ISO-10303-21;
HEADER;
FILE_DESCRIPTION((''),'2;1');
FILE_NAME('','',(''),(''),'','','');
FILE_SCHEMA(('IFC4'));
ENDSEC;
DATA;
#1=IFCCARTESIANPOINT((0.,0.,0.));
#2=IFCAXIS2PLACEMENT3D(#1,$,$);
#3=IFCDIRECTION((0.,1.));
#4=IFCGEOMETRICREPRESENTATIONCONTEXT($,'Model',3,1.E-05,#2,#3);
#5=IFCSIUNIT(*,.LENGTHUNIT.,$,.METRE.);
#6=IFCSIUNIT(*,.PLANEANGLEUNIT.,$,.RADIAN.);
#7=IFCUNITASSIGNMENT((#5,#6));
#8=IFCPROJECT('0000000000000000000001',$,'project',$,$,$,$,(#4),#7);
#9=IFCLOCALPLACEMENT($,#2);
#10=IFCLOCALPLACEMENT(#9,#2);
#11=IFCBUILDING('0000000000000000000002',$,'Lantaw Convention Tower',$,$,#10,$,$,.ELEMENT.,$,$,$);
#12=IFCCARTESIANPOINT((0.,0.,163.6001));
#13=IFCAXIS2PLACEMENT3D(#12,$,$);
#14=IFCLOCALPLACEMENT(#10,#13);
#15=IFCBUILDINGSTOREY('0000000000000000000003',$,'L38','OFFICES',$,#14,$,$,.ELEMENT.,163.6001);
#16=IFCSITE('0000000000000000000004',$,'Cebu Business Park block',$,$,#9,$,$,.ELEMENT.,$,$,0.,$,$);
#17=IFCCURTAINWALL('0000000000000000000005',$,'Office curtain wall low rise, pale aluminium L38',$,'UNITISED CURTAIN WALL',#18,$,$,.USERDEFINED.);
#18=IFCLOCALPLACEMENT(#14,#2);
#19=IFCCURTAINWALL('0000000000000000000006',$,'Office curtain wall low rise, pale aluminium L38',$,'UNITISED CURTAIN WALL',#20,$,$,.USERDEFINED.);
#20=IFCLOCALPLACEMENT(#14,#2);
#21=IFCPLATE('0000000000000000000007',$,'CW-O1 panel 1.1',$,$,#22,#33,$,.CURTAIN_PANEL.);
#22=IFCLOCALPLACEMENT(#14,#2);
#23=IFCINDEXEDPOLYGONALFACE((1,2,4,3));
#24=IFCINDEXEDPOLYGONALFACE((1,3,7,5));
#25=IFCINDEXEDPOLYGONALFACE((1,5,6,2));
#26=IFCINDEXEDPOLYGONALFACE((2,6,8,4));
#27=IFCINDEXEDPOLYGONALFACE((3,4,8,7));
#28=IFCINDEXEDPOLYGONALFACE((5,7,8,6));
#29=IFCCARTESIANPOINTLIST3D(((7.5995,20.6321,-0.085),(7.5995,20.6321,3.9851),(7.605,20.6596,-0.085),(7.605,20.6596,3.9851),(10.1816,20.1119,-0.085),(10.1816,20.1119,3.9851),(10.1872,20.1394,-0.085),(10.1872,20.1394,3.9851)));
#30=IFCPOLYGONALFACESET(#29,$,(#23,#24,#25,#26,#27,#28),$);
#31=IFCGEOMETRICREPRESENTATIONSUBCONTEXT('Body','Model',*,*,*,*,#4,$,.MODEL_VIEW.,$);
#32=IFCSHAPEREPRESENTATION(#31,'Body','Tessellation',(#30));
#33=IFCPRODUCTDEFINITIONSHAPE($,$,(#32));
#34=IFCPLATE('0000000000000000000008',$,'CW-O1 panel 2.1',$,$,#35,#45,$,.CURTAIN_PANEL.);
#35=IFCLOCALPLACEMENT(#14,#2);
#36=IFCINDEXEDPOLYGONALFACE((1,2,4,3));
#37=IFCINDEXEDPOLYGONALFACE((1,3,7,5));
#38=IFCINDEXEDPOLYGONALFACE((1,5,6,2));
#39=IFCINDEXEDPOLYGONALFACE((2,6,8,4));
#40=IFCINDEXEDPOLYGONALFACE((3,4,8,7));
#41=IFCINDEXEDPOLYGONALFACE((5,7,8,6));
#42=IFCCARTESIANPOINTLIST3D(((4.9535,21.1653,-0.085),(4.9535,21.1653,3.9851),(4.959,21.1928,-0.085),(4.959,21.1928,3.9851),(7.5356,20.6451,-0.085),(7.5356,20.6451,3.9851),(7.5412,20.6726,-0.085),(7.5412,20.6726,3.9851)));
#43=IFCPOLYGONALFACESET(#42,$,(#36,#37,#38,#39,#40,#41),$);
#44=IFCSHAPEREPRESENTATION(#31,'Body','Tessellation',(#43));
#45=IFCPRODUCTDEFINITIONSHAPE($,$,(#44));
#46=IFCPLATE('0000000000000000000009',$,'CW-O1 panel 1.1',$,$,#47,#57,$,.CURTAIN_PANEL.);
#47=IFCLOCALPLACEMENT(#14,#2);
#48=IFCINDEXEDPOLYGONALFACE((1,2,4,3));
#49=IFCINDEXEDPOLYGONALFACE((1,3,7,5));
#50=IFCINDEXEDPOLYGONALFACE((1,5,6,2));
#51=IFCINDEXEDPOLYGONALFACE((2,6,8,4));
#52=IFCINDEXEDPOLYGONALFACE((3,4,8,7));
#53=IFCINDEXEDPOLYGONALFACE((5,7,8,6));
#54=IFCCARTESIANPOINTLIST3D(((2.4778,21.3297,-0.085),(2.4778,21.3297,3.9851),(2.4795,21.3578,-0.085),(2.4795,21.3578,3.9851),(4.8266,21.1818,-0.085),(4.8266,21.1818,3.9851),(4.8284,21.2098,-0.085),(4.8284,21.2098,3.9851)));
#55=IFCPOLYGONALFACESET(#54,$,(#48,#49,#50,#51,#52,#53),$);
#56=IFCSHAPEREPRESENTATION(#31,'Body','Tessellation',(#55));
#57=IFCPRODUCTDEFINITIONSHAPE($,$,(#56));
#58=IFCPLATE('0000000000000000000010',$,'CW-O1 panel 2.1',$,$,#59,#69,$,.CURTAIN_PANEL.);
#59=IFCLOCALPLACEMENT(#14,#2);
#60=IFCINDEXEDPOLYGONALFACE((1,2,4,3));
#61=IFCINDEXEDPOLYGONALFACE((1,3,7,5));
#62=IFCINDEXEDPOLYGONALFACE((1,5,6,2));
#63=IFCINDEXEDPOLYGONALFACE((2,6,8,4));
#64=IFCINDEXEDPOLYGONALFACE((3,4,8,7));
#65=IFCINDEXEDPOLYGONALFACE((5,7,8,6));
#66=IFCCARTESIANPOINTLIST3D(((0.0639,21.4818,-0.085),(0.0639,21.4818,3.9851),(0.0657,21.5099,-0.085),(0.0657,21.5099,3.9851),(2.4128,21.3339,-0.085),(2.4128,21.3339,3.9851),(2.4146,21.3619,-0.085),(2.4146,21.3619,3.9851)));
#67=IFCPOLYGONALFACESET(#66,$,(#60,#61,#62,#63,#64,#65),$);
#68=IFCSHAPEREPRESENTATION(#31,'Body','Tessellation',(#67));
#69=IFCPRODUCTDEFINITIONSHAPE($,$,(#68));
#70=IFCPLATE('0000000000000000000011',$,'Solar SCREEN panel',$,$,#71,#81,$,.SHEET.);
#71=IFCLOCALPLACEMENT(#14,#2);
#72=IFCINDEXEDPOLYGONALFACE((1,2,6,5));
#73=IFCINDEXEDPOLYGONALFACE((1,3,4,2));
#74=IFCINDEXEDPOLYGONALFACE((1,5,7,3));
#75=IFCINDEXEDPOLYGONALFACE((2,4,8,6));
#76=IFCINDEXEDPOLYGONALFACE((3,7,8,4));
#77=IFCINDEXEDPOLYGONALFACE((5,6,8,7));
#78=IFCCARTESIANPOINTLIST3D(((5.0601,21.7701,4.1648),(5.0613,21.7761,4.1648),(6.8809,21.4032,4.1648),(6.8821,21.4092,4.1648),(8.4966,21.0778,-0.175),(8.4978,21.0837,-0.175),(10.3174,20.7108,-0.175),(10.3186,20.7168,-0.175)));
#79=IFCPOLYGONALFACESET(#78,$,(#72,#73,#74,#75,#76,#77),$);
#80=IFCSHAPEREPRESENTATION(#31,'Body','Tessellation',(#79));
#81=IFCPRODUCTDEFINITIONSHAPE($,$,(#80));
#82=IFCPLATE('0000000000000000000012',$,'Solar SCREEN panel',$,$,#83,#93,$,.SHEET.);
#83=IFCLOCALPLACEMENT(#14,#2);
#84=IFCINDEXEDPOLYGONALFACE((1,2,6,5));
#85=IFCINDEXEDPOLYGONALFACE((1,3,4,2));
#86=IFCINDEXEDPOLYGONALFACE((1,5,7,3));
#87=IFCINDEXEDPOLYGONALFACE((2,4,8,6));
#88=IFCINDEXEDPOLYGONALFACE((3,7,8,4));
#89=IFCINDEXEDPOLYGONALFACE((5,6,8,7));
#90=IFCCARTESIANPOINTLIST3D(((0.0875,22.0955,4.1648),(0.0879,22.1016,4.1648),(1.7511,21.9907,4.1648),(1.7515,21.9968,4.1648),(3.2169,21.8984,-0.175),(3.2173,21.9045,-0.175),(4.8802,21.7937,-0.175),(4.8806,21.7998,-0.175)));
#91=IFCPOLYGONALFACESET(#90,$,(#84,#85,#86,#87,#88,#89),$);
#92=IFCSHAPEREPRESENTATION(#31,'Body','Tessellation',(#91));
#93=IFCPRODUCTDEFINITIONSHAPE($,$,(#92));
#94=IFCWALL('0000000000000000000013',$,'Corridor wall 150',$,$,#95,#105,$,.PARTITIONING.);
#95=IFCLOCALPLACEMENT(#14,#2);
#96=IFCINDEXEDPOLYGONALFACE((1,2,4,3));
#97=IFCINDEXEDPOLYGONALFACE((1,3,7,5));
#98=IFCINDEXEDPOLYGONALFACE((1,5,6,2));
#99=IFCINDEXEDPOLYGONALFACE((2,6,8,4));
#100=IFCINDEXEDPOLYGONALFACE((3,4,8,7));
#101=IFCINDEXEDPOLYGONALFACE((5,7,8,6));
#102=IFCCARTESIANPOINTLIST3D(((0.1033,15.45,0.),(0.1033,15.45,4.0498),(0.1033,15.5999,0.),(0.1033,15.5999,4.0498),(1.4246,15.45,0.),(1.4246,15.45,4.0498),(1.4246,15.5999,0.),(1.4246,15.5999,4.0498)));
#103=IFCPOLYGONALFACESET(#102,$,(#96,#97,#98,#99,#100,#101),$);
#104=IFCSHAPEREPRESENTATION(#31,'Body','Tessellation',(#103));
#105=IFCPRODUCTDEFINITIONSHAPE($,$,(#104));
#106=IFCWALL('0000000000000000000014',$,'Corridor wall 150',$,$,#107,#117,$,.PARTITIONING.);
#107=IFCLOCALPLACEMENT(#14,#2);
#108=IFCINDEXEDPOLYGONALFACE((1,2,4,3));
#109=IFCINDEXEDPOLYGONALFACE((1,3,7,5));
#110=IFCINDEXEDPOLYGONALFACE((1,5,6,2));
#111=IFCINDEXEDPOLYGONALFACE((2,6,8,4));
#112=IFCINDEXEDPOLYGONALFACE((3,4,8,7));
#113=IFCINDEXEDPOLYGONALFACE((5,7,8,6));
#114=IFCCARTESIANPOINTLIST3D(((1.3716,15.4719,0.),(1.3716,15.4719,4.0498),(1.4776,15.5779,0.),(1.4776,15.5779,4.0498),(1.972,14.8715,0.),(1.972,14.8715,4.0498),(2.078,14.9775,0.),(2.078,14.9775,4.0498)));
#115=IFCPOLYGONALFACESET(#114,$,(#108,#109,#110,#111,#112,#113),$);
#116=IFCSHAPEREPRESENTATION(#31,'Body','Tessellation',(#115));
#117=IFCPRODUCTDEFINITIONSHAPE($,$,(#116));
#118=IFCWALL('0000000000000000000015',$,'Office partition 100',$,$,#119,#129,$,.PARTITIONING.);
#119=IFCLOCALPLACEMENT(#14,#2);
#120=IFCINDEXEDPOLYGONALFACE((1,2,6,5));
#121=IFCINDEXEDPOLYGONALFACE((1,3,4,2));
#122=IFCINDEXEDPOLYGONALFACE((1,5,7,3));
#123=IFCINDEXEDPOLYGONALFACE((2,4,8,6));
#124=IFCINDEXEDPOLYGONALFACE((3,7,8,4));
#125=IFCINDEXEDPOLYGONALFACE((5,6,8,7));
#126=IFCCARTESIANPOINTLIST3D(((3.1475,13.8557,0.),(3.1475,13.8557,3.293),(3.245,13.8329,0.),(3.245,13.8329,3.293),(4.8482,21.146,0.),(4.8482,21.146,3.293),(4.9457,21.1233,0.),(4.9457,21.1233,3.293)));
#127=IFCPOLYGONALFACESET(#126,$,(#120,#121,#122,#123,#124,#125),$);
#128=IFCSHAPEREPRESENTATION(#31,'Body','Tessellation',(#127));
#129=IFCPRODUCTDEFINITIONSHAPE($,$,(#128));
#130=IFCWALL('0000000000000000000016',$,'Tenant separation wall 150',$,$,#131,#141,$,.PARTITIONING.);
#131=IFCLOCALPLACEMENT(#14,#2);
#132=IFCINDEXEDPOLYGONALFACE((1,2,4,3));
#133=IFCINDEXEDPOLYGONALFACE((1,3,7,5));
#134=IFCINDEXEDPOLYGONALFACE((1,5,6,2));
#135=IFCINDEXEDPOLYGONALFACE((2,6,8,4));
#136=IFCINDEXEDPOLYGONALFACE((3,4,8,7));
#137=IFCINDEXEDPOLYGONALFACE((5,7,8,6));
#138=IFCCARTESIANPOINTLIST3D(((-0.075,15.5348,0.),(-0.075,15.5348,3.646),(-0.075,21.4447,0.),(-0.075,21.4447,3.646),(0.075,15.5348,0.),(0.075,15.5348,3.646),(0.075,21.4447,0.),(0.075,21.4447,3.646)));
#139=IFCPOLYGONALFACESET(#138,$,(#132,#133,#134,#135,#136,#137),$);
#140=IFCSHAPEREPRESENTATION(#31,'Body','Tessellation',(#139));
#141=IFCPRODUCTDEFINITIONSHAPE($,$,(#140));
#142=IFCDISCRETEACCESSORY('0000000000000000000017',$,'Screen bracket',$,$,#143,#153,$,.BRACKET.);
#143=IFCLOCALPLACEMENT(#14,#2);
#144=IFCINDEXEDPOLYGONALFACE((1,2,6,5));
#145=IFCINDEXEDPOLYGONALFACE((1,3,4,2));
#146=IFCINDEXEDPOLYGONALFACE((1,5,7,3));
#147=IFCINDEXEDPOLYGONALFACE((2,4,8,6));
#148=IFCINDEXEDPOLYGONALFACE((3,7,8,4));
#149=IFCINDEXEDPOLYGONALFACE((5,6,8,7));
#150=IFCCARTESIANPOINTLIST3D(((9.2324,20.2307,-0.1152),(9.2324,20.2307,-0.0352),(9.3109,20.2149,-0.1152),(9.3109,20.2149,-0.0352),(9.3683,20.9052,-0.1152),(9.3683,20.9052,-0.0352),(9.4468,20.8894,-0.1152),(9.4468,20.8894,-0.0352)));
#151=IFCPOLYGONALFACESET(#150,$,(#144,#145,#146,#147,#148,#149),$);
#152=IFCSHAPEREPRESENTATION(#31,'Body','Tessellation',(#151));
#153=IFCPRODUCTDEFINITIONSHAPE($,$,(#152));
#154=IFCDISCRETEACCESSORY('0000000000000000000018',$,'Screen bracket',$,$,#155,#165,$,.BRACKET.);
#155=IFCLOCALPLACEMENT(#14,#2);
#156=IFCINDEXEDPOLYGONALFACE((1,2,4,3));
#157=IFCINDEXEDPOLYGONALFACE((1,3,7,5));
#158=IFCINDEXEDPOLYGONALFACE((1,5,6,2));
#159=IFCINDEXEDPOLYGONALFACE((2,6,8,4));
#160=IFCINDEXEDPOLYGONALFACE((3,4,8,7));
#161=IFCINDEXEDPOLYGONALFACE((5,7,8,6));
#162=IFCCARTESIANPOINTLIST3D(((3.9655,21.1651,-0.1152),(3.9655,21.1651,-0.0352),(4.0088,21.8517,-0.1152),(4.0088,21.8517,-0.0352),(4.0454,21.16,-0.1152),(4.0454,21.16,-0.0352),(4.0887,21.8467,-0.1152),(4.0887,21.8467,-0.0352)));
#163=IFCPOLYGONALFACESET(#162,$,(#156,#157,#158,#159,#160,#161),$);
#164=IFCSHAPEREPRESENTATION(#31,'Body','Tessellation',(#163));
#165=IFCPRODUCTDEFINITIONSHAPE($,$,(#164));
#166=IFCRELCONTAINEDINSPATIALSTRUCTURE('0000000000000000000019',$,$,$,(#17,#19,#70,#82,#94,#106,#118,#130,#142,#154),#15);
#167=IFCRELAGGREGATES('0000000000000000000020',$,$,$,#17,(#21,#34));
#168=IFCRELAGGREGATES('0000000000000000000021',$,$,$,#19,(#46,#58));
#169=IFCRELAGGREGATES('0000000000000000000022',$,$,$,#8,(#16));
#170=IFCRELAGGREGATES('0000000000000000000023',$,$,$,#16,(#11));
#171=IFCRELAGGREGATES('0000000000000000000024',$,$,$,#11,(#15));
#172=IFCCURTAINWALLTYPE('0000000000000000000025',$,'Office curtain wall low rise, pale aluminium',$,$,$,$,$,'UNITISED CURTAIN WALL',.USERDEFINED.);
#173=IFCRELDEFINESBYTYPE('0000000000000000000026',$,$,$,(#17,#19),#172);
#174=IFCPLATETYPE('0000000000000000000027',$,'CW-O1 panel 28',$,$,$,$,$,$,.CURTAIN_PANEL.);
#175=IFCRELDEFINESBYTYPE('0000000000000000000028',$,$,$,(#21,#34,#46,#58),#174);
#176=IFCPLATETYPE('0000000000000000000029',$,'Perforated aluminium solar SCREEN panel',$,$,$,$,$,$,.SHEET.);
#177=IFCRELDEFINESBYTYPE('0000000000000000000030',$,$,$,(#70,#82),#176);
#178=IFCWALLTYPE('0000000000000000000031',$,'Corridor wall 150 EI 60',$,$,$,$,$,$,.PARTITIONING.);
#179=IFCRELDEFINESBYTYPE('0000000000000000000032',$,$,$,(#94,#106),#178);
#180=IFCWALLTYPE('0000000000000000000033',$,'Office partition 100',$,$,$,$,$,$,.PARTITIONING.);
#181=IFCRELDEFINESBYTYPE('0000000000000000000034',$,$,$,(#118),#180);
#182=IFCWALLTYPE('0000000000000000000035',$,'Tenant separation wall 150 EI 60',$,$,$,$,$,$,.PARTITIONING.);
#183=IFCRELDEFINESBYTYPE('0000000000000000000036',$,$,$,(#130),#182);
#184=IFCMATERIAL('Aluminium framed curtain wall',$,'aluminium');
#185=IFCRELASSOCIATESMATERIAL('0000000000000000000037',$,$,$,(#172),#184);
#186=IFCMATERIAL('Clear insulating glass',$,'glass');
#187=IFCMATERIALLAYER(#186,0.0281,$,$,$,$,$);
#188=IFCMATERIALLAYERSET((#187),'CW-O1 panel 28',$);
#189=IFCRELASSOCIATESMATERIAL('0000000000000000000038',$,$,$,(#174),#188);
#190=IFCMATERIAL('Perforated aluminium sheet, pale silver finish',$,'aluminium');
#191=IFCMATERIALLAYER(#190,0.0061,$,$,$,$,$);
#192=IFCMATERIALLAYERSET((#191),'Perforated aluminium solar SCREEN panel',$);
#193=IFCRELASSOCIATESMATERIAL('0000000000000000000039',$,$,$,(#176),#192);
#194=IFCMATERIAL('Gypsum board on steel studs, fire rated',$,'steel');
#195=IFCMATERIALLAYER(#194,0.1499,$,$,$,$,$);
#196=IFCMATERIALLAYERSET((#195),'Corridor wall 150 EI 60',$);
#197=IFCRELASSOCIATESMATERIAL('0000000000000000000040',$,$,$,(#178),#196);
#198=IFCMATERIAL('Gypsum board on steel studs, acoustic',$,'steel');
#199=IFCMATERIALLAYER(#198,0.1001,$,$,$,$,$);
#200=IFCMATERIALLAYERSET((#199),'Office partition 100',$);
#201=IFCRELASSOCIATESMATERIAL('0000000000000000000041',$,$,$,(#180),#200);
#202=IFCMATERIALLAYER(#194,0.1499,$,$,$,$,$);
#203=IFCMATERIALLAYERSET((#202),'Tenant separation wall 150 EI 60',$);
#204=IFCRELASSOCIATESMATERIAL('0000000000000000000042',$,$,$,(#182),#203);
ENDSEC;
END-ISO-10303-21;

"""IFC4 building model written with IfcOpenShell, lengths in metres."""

from ifc_helpers import new_model, si_unit, direction, frame, frame_2d, origin, origin_2d, place, context, subcontext, project, spatial, polyline, rectangle, outline, extrude, material, layer, layer_set, type_object, element, aggregate, save


model = new_model("IFC4")

# Units and contexts
model_context = context("Model", 3, precision=1e-05, world=origin(), true_north=direction((0.0, 1.0)))
body_context = subcontext(model_context, "Body", "Model", "MODEL_VIEW")
ifc_project = project(units=[si_unit("LENGTHUNIT", "METRE"), si_unit("PLANEANGLEUNIT", "RADIAN")], contexts=[model_context])

# Site, building, storey
site_placement = place(None, origin())
site = spatial("IfcSite", under=ifc_project, at=site_placement, Name="Cebu Business Park block", CompositionType="ELEMENT", RefElevation=0.0)
building_placement = place(site_placement, origin())
building = spatial("IfcBuilding", under=site, at=building_placement, Name="Lantaw Convention Tower", CompositionType="ELEMENT")
storey_placement = place(building_placement, frame((0.0, 0.0, 163.6001)))
storey = spatial("IfcBuildingStorey", under=building, at=storey_placement, Name="L38", Description="OFFICES", CompositionType="ELEMENT", Elevation=163.6001)

# Shared definitions
ifc_material_1 = material(Name="Aluminium framed curtain wall", Category="aluminium")
curtain_wall_type = type_object("IfcCurtainWallType", Name="Office curtain wall low rise, pale aluminium", ElementType="UNITISED CURTAIN WALL", PredefinedType="USERDEFINED", material=ifc_material_1)

# Curtain walls
curtain_wall_1_placement = place(storey_placement, origin())
curtain_wall_1 = element("IfcCurtainWall", 1, at=curtain_wall_1_placement, inside=storey, type_object=curtain_wall_type, Name="Office curtain wall low rise, pale aluminium L38", ObjectType="UNITISED CURTAIN WALL", PredefinedType="USERDEFINED")
curtain_wall_2_placement = place(storey_placement, origin())
curtain_wall_2 = element("IfcCurtainWall", 2, at=curtain_wall_2_placement, inside=storey, type_object=curtain_wall_type, Name="Office curtain wall low rise, pale aluminium L38", ObjectType="UNITISED CURTAIN WALL", PredefinedType="USERDEFINED")

# Plates
ifc_material_2 = material(Name="Clear insulating glass", Category="glass")
ifc_layer_1 = layer(ifc_material_2, 0.0281)
ifc_layer_set_1 = layer_set([ifc_layer_1], Name="CW-O1 panel 28")
plate_type_1 = type_object("IfcPlateType", Name="CW-O1 panel 28", PredefinedType="CURTAIN_PANEL", material=ifc_layer_set_1)
plate_1_placement = place(storey_placement, frame((8.8933, 20.3857, -0.085), z_axis=(0.0, 0.0, 1.0), x_axis=(-0.980302, 0.197507, 0.0)))
plate_1 = element("IfcPlate", 3, at=plate_1_placement, type_object=plate_type_1, Name="CW-O1 panel 1.1", PredefinedType="CURTAIN_PANEL", context=body_context, shape_type="SweptSolid", body=[
    extrude(rectangle(XDim=2.634, YDim=0.0281, at=origin_2d()), origin(), (0.0, 0.0, 1.0), 4.0701),
])
plate_2_placement = place(storey_placement, frame((6.2473, 20.9189, -0.085), z_axis=(0.0, 0.0, 1.0), x_axis=(-0.980302, 0.197507, 0.0)))
plate_2 = element("IfcPlate", 4, at=plate_2_placement, type_object=plate_type_1, Name="CW-O1 panel 2.1", PredefinedType="CURTAIN_PANEL", context=body_context, shape_type="SweptSolid", body=[
    extrude(rectangle(XDim=2.634, YDim=0.0281, at=origin_2d()), origin(), (0.0, 0.0, 1.0), 4.0701),
])
aggregate(curtain_wall_1, [plate_1, plate_2])
plate_3_placement = place(storey_placement, frame((3.6531, 21.2698, -0.085), z_axis=(0.0, 0.0, 1.0), x_axis=(-0.998022, 0.062865, 0.0)))
plate_3 = element("IfcPlate", 5, at=plate_3_placement, type_object=plate_type_1, Name="CW-O1 panel 1.1", PredefinedType="CURTAIN_PANEL", context=body_context, shape_type="SweptSolid", body=[
    extrude(rectangle(XDim=2.3535, YDim=0.0281, at=origin_2d()), origin(), (0.0, 0.0, 1.0), 4.0701),
])
plate_4_placement = place(storey_placement, frame((1.2393, 21.4219, -0.085), z_axis=(0.0, 0.0, 1.0), x_axis=(-0.998022, 0.062865, 0.0)))
plate_4 = element("IfcPlate", 6, at=plate_4_placement, type_object=plate_type_1, Name="CW-O1 panel 2.1", PredefinedType="CURTAIN_PANEL", context=body_context, shape_type="SweptSolid", body=[
    extrude(rectangle(XDim=2.3535, YDim=0.0281, at=origin_2d()), origin(), (0.0, 0.0, 1.0), 4.0701),
])
aggregate(curtain_wall_2, [plate_3, plate_4])

# Plates
ifc_material_3 = material(Name="Perforated aluminium sheet, pale silver finish", Category="aluminium")
ifc_layer_2 = layer(ifc_material_3, 0.0061)
ifc_layer_set_2 = layer_set([ifc_layer_2], Name="Perforated aluminium solar SCREEN panel")
plate_type_2 = type_object("IfcPlateType", Name="Perforated aluminium solar SCREEN panel", PredefinedType="SHEET", material=ifc_layer_set_2)
plate_5_placement = place(storey_placement, frame((10.3186, 20.7168, -0.175), z_axis=(0.197557, 0.980291, 0.000039), x_axis=(-0.980291, 0.197557, 0.0)))
element("IfcPlate", 7, at=plate_5_placement, inside=storey, type_object=plate_type_2, Name="Solar SCREEN panel", PredefinedType="SHEET", context=body_context, shape_type="SweptSolid", body=[
    extrude(outline(polyline([(0.0, 0.0), (1.8574, 0.0), (5.363, 4.3398), (3.5056, 4.3398), (0.0, 0.0)])), origin(), (0.0, 0.0, -1.0), 0.0061),
])
plate_6_placement = place(storey_placement, frame((4.8806, 21.7998, -0.175), z_axis=(0.062839, 0.998024, 0.000002), x_axis=(-0.998024, 0.062839, 0.0)))
element("IfcPlate", 8, at=plate_6_placement, inside=storey, type_object=plate_type_2, Name="Solar SCREEN panel", PredefinedType="SHEET", context=body_context, shape_type="SweptSolid", body=[
    extrude(outline(polyline([(0.0, 0.0), (1.6666, 0.0), (4.8022, 4.3398), (3.1353, 4.3398), (0.0, 0.0)])), origin(), (0.0, 0.0, -1.0), 0.0061),
])

# Walls
ifc_material_4 = material(Name="Gypsum board on steel studs, fire rated", Category="steel")
ifc_layer_3 = layer(ifc_material_4, 0.1499)
ifc_layer_set_3 = layer_set([ifc_layer_3], Name="Corridor wall 150 EI 60")
wall_type_1 = type_object("IfcWallType", Name="Corridor wall 150 EI 60", PredefinedType="PARTITIONING", material=ifc_layer_set_3)
wall_1_placement = place(storey_placement, frame((0.1033, 15.5249, 0.0), z_axis=(0.0, 0.0, 1.0), x_axis=(1.0, 0.0, 0.0)))
element("IfcWall", 9, at=wall_1_placement, inside=storey, type_object=wall_type_1, Name="Corridor wall 150", PredefinedType="PARTITIONING", context=body_context, shape_type="SweptSolid", body=[
    extrude(rectangle(XDim=1.3213, YDim=0.1499, at=frame_2d((0.6606, 0.0))), origin(), (0.0, 0.0, 1.0), 4.0498),
])
wall_2_placement = place(storey_placement, frame((1.4246, 15.5249, 0.0), z_axis=(0.0, 0.0, 1.0), x_axis=(0.707107, -0.707107, 0.0)))
element("IfcWall", 10, at=wall_2_placement, inside=storey, type_object=wall_type_1, Name="Corridor wall 150", PredefinedType="PARTITIONING", context=body_context, shape_type="SweptSolid", body=[
    extrude(rectangle(XDim=0.8491, YDim=0.1499, at=frame_2d((0.4246, 0.0))), origin(), (0.0, 0.0, 1.0), 4.0498),
])
ifc_material_5 = material(Name="Gypsum board on steel studs, acoustic", Category="steel")
ifc_layer_4 = layer(ifc_material_5, 0.1001)
ifc_layer_set_4 = layer_set([ifc_layer_4], Name="Office partition 100")
wall_type_2 = type_object("IfcWallType", Name="Office partition 100", PredefinedType="PARTITIONING", material=ifc_layer_set_4)
wall_3_placement = place(storey_placement, frame((4.897, 21.1348, 0.0), z_axis=(0.0, 0.0, 1.0), x_axis=(-0.227181, -0.973853, 0.0)))
element("IfcWall", 11, at=wall_3_placement, inside=storey, type_object=wall_type_2, Name="Office partition 100", PredefinedType="PARTITIONING", context=body_context, shape_type="SweptSolid", body=[
    extrude(rectangle(XDim=7.4861, YDim=0.1001, at=frame_2d((3.7432, 0.0))), origin(), (0.0, 0.0, 1.0), 3.293),
])
ifc_layer_5 = layer(ifc_material_4, 0.1499)
ifc_layer_set_5 = layer_set([ifc_layer_5], Name="Tenant separation wall 150 EI 60")
wall_type_3 = type_object("IfcWallType", Name="Tenant separation wall 150 EI 60", PredefinedType="PARTITIONING", material=ifc_layer_set_5)
wall_4_placement = place(storey_placement, frame((0.0, 21.4448, 0.0), z_axis=(0.0, 0.0, 1.0), x_axis=(0.0, -1.0, 0.0)))
element("IfcWall", 12, at=wall_4_placement, inside=storey, type_object=wall_type_3, Name="Tenant separation wall 150", PredefinedType="PARTITIONING", context=body_context, shape_type="SweptSolid", body=[
    extrude(rectangle(XDim=5.9099, YDim=0.1499, at=frame_2d((2.9551, 0.0))), origin(), (0.0, 0.0, 1.0), 3.646),
])

# Discrete accessories
for number, where, z_axis, x_axis, name in (
    (13, (9.3396, 20.5601, -0.1152), (0.0, 0.0, 1.0), (-0.980302, 0.197507, 0.0), "Screen bracket"),
    (14, (4.0271, 21.5059, -0.1152), (0.0, 0.0, 1.0), (-0.998022, 0.062865, 0.0), "Screen bracket"),
):
    element("IfcDiscreteAccessory", number, at=place(storey_placement, frame(where, z_axis=z_axis, x_axis=x_axis)), inside=storey, Name=name, PredefinedType="BRACKET", context=body_context, shape_type="SweptSolid", body=[
        extrude(rectangle(XDim=0.0801, YDim=0.688, at=origin_2d()), origin(), (0.0, 0.0, 1.0), 0.0801),
    ])

save(model, "model.ifc")
